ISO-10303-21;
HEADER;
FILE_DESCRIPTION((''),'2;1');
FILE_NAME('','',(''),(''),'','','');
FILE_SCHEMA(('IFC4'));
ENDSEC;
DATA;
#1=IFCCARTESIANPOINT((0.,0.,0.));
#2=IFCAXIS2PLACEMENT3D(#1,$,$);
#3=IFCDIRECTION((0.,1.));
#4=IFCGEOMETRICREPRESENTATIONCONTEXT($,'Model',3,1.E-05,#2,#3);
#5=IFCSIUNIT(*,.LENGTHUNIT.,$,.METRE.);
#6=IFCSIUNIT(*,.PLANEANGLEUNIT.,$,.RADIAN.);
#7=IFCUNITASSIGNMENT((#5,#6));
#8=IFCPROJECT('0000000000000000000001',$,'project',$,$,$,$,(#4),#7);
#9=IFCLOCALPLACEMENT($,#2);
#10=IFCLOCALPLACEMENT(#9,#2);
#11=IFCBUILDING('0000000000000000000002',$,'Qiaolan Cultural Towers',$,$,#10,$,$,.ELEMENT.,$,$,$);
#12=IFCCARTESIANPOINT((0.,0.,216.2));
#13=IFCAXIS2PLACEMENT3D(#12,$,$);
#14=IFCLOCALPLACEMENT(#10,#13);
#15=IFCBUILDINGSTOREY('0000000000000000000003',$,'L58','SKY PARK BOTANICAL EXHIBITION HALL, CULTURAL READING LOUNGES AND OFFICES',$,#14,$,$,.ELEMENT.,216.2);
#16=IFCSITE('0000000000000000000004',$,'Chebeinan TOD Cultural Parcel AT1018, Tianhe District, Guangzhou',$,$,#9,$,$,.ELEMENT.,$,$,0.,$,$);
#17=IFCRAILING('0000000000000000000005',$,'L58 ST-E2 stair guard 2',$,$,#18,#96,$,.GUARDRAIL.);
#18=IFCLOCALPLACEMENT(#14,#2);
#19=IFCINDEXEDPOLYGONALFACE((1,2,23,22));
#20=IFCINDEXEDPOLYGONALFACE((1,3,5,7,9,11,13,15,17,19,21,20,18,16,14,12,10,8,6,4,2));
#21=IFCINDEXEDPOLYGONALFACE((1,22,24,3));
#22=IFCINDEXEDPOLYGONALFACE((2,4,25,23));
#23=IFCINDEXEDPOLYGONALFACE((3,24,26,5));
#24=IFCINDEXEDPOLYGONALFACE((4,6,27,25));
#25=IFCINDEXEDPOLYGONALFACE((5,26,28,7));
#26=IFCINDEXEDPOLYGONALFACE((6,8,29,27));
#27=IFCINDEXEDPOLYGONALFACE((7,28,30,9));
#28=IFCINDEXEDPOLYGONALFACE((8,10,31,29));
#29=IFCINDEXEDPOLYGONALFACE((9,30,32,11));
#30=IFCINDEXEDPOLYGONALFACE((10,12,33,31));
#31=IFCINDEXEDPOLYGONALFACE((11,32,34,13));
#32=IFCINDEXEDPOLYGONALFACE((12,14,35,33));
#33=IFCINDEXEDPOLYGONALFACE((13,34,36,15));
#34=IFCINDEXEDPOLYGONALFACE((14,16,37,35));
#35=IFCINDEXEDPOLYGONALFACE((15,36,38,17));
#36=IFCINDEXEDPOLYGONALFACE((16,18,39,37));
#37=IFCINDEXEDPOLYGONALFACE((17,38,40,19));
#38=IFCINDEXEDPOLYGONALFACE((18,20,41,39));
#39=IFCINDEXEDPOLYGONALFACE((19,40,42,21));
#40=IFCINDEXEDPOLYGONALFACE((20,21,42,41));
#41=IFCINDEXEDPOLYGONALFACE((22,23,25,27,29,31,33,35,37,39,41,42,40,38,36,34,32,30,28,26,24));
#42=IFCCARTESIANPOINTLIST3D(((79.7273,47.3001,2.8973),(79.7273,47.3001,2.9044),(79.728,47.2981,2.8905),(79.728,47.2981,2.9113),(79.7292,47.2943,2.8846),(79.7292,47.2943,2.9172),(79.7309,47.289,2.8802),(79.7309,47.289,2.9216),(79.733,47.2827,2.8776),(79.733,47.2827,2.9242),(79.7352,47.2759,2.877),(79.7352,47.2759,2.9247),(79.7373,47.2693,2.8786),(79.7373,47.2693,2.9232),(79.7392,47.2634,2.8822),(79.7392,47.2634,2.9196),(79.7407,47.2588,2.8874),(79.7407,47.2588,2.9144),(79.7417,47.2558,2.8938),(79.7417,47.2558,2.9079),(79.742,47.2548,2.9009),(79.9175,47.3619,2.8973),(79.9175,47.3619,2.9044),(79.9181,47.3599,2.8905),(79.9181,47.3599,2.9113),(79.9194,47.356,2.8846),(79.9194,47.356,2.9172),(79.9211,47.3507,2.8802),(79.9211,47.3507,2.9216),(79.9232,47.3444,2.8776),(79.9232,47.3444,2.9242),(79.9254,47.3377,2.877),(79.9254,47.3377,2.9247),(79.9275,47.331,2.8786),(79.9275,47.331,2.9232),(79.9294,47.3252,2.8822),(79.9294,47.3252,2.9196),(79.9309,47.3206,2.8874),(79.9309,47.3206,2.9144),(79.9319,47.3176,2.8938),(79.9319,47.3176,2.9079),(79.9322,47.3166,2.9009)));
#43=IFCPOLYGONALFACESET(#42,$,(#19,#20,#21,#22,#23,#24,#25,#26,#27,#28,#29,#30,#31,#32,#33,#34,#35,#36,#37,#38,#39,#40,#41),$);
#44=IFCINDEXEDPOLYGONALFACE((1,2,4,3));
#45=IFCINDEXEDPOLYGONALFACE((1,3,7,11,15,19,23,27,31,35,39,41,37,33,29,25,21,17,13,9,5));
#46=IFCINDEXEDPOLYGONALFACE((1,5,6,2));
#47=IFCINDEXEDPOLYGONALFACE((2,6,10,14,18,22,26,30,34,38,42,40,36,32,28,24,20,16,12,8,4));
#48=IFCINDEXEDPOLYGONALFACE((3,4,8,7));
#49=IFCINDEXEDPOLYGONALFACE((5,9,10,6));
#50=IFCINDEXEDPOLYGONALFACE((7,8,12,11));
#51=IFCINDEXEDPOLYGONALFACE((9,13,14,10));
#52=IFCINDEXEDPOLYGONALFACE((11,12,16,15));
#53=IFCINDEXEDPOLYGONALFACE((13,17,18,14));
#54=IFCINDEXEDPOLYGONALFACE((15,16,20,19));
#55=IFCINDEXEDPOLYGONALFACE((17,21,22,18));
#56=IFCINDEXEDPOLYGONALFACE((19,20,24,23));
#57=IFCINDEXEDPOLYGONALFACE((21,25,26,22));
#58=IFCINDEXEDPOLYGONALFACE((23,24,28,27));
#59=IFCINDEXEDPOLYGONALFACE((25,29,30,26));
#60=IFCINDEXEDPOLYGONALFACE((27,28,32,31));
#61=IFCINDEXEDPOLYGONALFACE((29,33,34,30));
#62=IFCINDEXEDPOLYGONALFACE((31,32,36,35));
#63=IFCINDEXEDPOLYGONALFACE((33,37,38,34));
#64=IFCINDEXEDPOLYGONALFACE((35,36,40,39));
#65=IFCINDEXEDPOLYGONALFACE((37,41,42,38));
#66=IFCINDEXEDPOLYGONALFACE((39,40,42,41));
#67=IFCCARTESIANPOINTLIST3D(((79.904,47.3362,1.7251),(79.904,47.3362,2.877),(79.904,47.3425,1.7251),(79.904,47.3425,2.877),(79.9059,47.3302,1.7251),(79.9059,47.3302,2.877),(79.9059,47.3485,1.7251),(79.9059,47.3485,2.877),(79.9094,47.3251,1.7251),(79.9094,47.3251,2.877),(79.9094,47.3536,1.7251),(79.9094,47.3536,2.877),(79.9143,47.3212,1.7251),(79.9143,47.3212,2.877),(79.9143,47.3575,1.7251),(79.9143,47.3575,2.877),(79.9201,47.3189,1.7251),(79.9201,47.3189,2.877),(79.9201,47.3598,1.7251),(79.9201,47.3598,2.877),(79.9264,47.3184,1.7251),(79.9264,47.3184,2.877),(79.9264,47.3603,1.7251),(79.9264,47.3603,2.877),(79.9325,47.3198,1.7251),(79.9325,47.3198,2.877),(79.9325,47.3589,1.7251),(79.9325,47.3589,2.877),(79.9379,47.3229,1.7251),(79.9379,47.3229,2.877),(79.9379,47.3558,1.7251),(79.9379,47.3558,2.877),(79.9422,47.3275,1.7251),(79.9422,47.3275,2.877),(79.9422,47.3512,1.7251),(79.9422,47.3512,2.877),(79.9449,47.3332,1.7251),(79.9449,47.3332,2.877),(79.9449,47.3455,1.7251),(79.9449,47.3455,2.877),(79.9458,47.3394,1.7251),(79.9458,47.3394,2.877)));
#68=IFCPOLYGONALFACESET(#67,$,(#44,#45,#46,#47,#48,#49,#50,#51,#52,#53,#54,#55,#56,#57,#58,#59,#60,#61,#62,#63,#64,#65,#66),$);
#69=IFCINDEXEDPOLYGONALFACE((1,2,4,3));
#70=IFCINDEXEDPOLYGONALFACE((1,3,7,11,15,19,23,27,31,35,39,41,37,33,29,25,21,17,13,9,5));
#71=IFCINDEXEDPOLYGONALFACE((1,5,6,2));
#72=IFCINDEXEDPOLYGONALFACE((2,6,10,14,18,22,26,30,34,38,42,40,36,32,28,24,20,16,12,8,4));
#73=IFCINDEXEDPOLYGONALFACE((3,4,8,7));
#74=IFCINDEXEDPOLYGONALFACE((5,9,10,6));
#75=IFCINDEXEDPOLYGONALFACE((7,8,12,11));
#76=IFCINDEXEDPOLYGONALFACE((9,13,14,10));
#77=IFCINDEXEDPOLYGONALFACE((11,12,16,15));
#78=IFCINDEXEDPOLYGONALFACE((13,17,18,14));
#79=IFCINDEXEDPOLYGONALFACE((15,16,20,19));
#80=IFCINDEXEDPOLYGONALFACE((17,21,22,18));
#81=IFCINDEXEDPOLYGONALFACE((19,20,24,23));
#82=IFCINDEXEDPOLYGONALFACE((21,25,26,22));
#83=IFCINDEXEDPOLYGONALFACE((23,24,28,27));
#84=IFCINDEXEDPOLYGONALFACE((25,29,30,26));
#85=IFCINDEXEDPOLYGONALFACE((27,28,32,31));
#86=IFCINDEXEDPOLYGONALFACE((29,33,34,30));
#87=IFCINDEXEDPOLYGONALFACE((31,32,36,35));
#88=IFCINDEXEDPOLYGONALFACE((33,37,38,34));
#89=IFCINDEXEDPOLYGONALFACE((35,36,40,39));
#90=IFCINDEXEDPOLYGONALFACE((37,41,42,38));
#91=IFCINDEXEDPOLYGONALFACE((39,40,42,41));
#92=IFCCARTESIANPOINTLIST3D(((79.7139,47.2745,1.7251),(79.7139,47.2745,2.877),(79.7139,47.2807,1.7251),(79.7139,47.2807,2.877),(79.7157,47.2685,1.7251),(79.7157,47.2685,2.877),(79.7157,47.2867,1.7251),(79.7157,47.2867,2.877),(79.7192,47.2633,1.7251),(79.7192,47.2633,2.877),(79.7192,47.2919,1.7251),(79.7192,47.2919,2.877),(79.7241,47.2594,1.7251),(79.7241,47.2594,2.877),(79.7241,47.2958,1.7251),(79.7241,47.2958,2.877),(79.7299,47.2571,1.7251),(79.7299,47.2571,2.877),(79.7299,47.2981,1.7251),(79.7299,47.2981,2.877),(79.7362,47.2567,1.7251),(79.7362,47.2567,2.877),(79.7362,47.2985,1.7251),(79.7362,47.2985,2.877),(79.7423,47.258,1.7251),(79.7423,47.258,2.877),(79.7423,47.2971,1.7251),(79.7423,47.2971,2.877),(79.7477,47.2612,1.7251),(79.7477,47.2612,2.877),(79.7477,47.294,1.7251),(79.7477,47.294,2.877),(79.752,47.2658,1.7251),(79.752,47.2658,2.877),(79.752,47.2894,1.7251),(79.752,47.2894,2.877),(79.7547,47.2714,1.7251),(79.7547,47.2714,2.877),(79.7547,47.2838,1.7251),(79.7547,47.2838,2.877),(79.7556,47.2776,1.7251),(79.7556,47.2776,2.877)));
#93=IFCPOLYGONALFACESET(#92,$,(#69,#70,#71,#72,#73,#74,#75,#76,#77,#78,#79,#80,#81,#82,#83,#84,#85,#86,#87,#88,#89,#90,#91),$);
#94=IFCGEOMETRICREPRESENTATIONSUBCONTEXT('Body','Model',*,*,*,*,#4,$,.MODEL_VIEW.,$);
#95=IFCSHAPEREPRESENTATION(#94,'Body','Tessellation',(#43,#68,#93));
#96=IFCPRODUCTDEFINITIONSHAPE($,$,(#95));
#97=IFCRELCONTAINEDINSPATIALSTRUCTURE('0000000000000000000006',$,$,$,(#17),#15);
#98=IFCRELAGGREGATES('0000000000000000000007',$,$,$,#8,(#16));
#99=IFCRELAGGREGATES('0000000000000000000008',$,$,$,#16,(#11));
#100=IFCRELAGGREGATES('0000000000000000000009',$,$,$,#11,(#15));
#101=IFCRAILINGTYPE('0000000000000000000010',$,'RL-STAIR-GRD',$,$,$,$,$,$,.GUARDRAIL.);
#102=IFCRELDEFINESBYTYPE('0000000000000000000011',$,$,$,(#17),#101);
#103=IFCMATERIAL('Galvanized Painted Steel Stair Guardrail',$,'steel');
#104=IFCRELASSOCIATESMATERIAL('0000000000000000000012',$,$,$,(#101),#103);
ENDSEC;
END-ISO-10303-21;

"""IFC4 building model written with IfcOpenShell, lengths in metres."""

from ifc_helpers import new_model, si_unit, direction, frame, origin, origin_2d, place, context, subcontext, project, spatial, circle, extrude, material, type_object, element, save


model = new_model("IFC4")

# Units and contexts
model_context = context("Model", 3, precision=1e-05, world=origin(), true_north=direction((0.0, 1.0)))
body_context = subcontext(model_context, "Body", "Model", "MODEL_VIEW")
ifc_project = project(units=[si_unit("LENGTHUNIT", "METRE"), si_unit("PLANEANGLEUNIT", "RADIAN")], contexts=[model_context])

# Site, building, storey
site_placement = place(None, origin())
site = spatial("IfcSite", under=ifc_project, at=site_placement, Name="Chebeinan TOD Cultural Parcel AT1018, Tianhe District, Guangzhou", CompositionType="ELEMENT", RefElevation=0.0)
building_placement = place(site_placement, origin())
building = spatial("IfcBuilding", under=site, at=building_placement, Name="Qiaolan Cultural Towers", CompositionType="ELEMENT")
storey_placement = place(building_placement, frame((0.0, 0.0, 216.2)))
storey = spatial("IfcBuildingStorey", under=building, at=storey_placement, Name="L58", Description="SKY PARK BOTANICAL EXHIBITION HALL, CULTURAL READING LOUNGES AND OFFICES", CompositionType="ELEMENT", Elevation=216.2)

# Railing
ifc_material_1 = material(Name="Galvanized Painted Steel Stair Guardrail", Category="steel")
railing_type_1 = type_object("IfcRailingType", Name="RL-STAIR-GRD", PredefinedType="GUARDRAIL", material=ifc_material_1)
railing_1_placement = place(storey_placement, frame((79.9248, 47.3394, 1.7251)))
element("IfcRailing", 1, at=railing_1_placement, inside=storey, type_object=railing_type_1, Name="L58 ST-E2 stair guard 2", PredefinedType="GUARDRAIL", context=body_context, shape_type="SweptSolid", body=[
    extrude(circle(Radius=0.0239, at=origin_2d()), frame((0.0, 0.0, 1.1758), z_axis=(-0.951097, -0.308893, 0.0), x_axis=(0.308893, -0.951097, 0.0)), (0.0, 0.0, 1.0), 0.2),
    extrude(circle(Radius=0.021, at=origin_2d()), origin(), (0.0, 0.0, 1.0), 1.1519),
    extrude(circle(Radius=0.021, at=origin_2d()), frame((-0.1902, -0.0618, 0.0)), (0.0, 0.0, 1.0), 1.1519),
])

save(model, "model.ifc")
